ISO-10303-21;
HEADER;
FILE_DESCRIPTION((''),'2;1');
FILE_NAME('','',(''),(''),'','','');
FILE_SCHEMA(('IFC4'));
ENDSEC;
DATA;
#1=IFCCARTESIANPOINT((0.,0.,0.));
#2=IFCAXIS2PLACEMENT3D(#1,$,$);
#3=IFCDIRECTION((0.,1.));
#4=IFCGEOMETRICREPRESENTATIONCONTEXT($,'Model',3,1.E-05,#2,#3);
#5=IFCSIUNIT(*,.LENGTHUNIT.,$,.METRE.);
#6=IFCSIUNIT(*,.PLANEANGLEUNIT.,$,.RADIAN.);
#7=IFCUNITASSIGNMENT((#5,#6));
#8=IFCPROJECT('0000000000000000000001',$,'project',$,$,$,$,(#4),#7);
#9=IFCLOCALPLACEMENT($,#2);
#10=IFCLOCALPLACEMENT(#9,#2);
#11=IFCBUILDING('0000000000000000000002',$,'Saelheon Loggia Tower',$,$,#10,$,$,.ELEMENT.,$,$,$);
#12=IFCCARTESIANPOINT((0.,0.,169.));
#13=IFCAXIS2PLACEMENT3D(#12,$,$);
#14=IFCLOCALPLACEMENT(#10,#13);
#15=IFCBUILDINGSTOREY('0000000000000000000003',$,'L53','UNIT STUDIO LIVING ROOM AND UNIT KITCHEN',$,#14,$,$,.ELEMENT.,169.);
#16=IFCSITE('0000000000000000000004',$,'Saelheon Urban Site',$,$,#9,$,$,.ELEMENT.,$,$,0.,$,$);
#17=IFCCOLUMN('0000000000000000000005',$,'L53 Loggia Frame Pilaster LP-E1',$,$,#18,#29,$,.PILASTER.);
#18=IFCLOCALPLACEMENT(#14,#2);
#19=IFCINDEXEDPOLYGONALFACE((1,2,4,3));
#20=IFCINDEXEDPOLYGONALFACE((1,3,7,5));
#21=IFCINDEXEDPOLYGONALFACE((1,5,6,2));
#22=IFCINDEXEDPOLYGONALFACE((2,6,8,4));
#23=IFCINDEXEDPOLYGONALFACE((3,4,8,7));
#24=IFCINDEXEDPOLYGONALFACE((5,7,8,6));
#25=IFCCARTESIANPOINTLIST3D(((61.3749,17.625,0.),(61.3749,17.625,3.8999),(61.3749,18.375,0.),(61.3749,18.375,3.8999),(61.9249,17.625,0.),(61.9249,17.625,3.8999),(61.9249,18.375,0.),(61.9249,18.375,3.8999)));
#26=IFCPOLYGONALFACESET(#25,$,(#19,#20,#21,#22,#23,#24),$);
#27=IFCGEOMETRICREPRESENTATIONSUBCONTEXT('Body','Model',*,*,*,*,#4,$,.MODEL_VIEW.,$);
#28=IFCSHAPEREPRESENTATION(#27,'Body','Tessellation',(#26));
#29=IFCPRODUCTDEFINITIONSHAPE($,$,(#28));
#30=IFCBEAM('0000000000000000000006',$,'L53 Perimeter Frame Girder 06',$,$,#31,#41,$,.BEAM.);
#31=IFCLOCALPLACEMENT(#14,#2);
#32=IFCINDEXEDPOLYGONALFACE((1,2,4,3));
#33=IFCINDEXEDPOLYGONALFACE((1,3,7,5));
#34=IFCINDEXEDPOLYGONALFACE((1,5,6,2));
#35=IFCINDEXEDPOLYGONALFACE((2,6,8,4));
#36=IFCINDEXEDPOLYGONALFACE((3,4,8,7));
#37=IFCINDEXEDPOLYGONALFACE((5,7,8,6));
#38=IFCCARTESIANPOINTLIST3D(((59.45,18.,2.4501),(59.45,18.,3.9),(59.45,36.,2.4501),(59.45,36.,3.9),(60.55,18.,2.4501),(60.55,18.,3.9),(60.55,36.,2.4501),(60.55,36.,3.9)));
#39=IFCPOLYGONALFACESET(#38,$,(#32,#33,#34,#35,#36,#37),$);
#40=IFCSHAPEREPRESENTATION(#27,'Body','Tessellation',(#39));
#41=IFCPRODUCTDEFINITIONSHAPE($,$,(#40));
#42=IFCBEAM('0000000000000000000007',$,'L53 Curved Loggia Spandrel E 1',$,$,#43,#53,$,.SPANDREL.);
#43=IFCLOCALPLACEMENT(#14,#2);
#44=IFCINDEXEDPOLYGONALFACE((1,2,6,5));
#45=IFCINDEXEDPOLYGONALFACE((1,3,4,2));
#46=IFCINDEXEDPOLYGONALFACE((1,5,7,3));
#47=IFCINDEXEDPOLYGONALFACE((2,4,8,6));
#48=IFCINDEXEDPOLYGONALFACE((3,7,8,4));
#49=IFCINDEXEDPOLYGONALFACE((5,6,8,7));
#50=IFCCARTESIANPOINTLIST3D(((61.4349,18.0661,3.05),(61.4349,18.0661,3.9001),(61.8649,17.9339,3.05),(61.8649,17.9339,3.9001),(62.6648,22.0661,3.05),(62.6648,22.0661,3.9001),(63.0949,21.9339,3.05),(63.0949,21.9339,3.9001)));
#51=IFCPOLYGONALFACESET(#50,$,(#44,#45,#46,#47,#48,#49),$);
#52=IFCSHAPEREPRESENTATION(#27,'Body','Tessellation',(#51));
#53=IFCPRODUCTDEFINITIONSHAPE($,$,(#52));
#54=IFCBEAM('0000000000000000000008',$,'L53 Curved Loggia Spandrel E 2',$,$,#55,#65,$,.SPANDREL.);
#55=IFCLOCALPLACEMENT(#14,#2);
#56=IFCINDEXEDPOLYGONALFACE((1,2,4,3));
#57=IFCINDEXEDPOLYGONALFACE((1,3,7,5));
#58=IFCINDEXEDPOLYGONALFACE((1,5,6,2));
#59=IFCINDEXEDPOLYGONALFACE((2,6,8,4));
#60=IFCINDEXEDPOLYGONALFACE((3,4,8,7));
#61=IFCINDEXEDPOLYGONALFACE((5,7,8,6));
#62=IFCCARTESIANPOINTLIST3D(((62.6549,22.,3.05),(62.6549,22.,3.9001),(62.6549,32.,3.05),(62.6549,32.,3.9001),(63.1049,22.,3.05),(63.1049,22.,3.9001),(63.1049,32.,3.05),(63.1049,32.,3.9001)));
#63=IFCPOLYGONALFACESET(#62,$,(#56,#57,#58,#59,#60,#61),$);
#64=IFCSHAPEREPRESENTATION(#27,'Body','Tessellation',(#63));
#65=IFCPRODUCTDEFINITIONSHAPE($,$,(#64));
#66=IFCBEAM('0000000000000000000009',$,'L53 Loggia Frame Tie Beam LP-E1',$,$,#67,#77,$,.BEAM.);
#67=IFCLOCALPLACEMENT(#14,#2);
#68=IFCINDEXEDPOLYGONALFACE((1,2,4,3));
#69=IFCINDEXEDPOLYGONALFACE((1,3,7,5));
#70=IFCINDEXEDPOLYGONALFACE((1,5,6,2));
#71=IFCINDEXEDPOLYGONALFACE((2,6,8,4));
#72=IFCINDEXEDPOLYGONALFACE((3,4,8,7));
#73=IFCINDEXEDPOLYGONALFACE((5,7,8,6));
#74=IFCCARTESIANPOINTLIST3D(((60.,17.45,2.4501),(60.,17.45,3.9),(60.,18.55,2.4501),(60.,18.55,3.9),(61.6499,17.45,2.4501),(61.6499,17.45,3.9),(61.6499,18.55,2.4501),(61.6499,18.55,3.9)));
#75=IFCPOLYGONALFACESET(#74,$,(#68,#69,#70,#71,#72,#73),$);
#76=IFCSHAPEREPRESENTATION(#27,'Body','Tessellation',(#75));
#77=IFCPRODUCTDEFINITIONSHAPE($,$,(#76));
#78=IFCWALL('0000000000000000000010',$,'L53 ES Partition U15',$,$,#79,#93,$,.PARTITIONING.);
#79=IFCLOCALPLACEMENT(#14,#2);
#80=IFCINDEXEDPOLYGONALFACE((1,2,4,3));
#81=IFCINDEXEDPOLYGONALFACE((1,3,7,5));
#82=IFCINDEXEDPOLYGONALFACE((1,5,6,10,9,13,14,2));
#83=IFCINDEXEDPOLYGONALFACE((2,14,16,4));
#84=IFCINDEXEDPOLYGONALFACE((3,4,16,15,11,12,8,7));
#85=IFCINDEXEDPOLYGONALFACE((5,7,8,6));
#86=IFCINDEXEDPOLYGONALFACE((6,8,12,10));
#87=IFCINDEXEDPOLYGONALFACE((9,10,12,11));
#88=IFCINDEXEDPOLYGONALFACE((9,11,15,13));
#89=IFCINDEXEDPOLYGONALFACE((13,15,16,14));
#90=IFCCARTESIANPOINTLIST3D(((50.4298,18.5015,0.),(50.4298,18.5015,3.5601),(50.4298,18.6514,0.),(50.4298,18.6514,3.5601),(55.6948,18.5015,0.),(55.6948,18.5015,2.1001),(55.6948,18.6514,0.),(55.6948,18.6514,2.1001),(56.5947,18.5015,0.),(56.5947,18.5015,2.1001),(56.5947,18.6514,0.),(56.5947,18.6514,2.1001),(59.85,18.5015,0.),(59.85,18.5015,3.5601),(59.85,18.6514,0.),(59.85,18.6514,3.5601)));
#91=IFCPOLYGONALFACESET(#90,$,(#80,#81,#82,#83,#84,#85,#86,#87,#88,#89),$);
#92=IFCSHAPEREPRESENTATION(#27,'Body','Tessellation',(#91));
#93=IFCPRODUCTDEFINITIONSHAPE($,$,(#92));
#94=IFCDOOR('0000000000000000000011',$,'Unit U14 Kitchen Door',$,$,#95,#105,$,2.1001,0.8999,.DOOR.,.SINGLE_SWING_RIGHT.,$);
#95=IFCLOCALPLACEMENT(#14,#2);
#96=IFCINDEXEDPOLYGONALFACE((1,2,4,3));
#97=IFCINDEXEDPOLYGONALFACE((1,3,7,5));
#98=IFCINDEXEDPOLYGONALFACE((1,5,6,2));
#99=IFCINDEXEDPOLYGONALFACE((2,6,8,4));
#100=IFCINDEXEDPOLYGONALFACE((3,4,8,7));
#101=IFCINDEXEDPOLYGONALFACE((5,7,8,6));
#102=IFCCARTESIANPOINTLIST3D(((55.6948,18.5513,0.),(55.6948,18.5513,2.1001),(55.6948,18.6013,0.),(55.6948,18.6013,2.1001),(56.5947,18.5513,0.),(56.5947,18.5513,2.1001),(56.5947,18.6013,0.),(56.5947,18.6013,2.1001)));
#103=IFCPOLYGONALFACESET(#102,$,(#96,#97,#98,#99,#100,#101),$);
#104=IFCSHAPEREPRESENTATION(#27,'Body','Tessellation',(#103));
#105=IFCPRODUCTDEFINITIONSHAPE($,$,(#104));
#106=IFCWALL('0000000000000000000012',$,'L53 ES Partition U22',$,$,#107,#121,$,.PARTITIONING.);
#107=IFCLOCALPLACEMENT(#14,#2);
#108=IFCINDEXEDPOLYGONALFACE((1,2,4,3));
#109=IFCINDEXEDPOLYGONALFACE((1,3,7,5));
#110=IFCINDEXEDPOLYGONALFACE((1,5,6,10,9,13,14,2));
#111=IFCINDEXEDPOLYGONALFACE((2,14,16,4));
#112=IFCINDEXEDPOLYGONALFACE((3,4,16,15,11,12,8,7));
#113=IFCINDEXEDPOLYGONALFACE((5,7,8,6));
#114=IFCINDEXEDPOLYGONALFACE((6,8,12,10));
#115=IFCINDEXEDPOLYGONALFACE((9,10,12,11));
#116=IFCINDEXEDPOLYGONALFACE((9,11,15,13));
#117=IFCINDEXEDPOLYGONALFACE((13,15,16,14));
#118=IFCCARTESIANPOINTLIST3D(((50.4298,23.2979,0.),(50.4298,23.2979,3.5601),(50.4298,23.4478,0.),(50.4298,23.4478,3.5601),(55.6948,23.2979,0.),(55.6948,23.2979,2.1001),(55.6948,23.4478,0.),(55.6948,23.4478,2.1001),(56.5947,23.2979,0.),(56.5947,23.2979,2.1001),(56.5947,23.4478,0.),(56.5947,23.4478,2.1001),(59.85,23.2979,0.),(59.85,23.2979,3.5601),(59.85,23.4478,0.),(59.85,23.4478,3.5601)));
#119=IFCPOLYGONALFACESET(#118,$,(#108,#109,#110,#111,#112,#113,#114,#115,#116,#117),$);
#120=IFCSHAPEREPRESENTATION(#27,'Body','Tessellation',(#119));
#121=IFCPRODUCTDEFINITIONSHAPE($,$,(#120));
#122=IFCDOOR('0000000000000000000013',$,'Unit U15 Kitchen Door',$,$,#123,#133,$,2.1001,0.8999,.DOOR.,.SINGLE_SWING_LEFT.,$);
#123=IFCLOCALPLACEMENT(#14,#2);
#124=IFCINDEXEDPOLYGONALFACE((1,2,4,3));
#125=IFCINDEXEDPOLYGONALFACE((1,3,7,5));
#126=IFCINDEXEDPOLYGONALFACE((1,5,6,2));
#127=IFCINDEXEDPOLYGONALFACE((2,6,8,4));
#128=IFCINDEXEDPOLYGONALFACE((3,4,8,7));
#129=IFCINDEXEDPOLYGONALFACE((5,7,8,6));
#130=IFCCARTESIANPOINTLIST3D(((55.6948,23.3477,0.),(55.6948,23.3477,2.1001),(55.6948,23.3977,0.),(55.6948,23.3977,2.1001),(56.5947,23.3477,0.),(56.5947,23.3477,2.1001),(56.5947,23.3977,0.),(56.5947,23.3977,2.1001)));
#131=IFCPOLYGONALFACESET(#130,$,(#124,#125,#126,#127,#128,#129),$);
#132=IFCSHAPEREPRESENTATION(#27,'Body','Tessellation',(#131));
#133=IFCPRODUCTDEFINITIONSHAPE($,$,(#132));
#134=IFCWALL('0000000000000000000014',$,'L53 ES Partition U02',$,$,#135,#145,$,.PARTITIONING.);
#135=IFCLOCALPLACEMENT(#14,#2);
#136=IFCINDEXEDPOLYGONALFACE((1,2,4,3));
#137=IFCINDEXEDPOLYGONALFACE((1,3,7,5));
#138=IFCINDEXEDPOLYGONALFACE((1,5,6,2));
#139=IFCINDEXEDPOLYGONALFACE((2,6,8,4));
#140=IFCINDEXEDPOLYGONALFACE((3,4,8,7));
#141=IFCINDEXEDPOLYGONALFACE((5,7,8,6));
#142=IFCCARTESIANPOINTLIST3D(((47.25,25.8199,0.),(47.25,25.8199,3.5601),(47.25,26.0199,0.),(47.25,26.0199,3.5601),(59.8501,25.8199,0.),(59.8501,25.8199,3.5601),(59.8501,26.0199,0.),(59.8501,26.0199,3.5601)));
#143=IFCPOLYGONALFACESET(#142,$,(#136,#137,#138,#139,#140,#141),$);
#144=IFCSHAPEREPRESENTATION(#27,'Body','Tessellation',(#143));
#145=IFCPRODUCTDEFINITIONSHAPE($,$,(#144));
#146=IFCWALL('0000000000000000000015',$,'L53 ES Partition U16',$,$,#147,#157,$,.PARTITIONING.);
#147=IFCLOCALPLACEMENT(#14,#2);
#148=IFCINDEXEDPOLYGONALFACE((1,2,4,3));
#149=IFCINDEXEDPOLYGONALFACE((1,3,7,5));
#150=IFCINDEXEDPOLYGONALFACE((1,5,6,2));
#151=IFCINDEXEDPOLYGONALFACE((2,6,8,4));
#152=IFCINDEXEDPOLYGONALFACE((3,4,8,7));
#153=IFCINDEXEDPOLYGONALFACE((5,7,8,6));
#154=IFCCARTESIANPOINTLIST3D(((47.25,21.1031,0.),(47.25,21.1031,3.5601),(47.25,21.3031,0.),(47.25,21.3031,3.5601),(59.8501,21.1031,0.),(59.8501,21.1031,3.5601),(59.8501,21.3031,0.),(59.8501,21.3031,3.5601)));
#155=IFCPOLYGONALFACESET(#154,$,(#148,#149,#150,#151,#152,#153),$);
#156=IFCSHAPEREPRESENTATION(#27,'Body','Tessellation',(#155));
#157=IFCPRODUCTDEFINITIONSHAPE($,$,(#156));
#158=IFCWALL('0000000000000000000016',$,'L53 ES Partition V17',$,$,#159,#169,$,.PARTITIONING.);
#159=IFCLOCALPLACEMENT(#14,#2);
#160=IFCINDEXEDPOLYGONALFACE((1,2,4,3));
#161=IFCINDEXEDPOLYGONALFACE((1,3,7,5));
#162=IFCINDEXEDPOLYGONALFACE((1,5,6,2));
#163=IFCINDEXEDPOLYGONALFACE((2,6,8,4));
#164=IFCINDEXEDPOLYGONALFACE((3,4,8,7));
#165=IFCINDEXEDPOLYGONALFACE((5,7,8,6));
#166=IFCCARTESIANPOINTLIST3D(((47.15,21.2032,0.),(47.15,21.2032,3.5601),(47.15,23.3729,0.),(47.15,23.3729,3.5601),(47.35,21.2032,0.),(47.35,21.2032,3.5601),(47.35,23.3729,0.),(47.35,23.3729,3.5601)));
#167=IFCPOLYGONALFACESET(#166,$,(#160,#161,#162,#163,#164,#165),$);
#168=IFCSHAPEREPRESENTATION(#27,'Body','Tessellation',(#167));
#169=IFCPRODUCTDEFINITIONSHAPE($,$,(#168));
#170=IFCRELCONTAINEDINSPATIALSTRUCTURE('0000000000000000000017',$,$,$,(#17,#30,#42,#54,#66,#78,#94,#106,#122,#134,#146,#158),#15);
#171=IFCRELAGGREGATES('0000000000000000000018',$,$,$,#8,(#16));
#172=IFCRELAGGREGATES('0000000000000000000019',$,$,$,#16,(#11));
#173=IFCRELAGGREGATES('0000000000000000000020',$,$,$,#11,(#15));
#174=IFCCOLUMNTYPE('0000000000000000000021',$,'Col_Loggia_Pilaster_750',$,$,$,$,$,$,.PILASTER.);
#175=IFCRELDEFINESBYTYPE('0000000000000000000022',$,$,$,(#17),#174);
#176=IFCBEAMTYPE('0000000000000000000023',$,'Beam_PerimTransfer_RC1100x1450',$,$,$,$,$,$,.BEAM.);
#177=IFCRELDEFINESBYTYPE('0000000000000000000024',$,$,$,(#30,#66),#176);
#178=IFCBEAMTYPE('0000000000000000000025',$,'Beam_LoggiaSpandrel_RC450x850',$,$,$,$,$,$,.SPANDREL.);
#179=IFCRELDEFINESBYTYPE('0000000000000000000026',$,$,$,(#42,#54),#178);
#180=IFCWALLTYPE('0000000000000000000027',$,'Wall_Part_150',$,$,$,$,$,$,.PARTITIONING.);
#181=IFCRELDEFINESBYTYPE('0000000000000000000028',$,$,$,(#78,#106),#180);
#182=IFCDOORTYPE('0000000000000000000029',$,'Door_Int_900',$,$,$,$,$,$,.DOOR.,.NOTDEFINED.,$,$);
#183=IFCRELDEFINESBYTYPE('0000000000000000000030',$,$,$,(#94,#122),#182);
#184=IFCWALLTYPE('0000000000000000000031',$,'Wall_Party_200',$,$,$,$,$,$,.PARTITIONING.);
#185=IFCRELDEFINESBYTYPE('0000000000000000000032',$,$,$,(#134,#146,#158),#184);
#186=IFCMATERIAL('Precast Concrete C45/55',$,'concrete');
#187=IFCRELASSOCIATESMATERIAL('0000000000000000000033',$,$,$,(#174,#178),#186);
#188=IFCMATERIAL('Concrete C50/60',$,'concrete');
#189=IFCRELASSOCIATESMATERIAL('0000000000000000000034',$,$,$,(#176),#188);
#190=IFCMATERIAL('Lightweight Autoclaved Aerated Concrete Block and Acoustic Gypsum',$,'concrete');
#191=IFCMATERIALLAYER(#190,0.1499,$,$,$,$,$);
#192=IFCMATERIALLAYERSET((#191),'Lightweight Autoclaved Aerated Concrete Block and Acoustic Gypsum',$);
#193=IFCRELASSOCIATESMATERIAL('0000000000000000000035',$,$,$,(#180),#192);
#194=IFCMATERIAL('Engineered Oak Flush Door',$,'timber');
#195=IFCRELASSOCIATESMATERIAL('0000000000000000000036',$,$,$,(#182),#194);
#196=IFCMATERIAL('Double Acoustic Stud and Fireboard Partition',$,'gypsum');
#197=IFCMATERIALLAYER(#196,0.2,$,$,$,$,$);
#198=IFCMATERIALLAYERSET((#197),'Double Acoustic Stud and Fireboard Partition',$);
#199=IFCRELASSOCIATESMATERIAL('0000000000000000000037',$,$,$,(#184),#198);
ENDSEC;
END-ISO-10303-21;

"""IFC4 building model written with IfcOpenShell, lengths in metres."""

from ifc_helpers import new_model, si_unit, direction, frame, frame_2d, origin, origin_2d, place, context, subcontext, project, spatial, rectangle, extrude, source, transform, mapped, material, layer, layer_set, material_profile, profile_set, type_object, element, fill, save


model = new_model("IFC4")

# Units and contexts
model_context = context("Model", 3, precision=1e-05, world=origin(), true_north=direction((0.0, 1.0)))
body_context = subcontext(model_context, "Body", "Model", "MODEL_VIEW")
ifc_project = project(units=[si_unit("LENGTHUNIT", "METRE"), si_unit("PLANEANGLEUNIT", "RADIAN")], contexts=[model_context])

# Site, building, storey
site_placement = place(None, origin())
site = spatial("IfcSite", under=ifc_project, at=site_placement, Name="Saelheon Urban Site", CompositionType="ELEMENT", RefElevation=0.0)
building_placement = place(site_placement, origin())
building = spatial("IfcBuilding", under=site, at=building_placement, Name="Saelheon Loggia Tower", CompositionType="ELEMENT")
storey_placement = place(building_placement, frame((0.0, 0.0, 169.0)))
storey = spatial("IfcBuildingStorey", under=building, at=storey_placement, Name="L53", Description="UNIT STUDIO LIVING ROOM AND UNIT KITCHEN", CompositionType="ELEMENT", Elevation=169.0)

# Column
ifc_material_1 = material(Name="Precast Concrete C45/55", Category="concrete")
ifc_material_profile_1 = material_profile(ifc_material_1, rectangle(XDim=0.55, YDim=0.75, at=origin_2d()), Name="RC-550x750")
ifc_profile_set_1 = profile_set([ifc_material_profile_1], Name="Precast Concrete C45/55")
column_type = type_object("IfcColumnType", Name="Col_Loggia_Pilaster_750", PredefinedType="PILASTER", material=ifc_profile_set_1)
shared_shape_1 = source(origin(), body_context, "Body", "SweptSolid", [
    extrude(rectangle(XDim=0.55, YDim=0.75, at=origin_2d()), origin(), (0.0, 0.0, 1.0), 3.8999),
])
column_placement = place(storey_placement, frame((61.6499, 18.0, 0.0), z_axis=(0.0, 0.0, 1.0), x_axis=(1.0, 0.0, 0.0)))
element("IfcColumn", 1, at=column_placement, inside=storey, type_object=column_type, Name="L53 Loggia Frame Pilaster LP-E1", PredefinedType="PILASTER", context=body_context, shape_type="MappedRepresentation", body=[
    mapped(shared_shape_1, transform((0.0, 0.0, 0.0), scale=1.0)),
])

# Beams
ifc_material_2 = material(Name="Concrete C50/60", Category="concrete")
ifc_material_profile_2 = material_profile(ifc_material_2, rectangle(XDim=1.1001, YDim=1.45, at=origin_2d()), Name="RC-1100x1450")
ifc_profile_set_2 = profile_set([ifc_material_profile_2], Name="Concrete C50/60")
beam_type_1 = type_object("IfcBeamType", Name="Beam_PerimTransfer_RC1100x1450", PredefinedType="BEAM", material=ifc_profile_set_2)
shared_shape_2 = source(origin(), body_context, "Body", "SweptSolid", [
    extrude(rectangle(XDim=1.1001, YDim=1.45, at=origin_2d()), origin(), (0.0, 0.0, 1.0), 18.0),
])
beam_1_placement = place(storey_placement, frame((60.0, 18.0, 3.175), z_axis=(0.0, 1.0, 0.0), x_axis=(-1.0, 0.0, 0.0)))
element("IfcBeam", 2, at=beam_1_placement, inside=storey, type_object=beam_type_1, Name="L53 Perimeter Frame Girder 06", PredefinedType="BEAM", context=body_context, shape_type="MappedRepresentation", body=[
    mapped(shared_shape_2, transform((0.0, 0.0, 0.0), scale=1.0)),
])
ifc_material_profile_3 = material_profile(ifc_material_1, rectangle(XDim=0.45, YDim=0.8501, at=origin_2d()), Name="RC-450x850")
ifc_profile_set_3 = profile_set([ifc_material_profile_3], Name="Precast Concrete C45/55")
beam_type_2 = type_object("IfcBeamType", Name="Beam_LoggiaSpandrel_RC450x850", PredefinedType="SPANDREL", material=ifc_profile_set_3)
shared_shape_3 = source(origin(), body_context, "Body", "SweptSolid", [
    extrude(rectangle(XDim=0.45, YDim=0.8501, at=origin_2d()), origin(), (0.0, 0.0, 1.0), 4.1848),
])
beam_2_placement = place(storey_placement, frame((61.6499, 18.0, 3.4751), z_axis=(0.293914, 0.955832, 0.0), x_axis=(-0.955832, 0.293914, 0.0)))
element("IfcBeam", 3, at=beam_2_placement, inside=storey, type_object=beam_type_2, Name="L53 Curved Loggia Spandrel E 1", PredefinedType="SPANDREL", context=body_context, shape_type="MappedRepresentation", body=[
    mapped(shared_shape_3, transform((0.0, 0.0, 0.0), scale=1.0)),
])
shared_shape_4 = source(origin(), body_context, "Body", "SweptSolid", [
    extrude(rectangle(XDim=0.45, YDim=0.8501, at=origin_2d()), origin(), (0.0, 0.0, 1.0), 10.0),
])
beam_3_placement = place(storey_placement, frame((62.8799, 22.0, 3.4751), z_axis=(0.0, 1.0, 0.0), x_axis=(-1.0, 0.0, 0.0)))
element("IfcBeam", 4, at=beam_3_placement, inside=storey, type_object=beam_type_2, Name="L53 Curved Loggia Spandrel E 2", PredefinedType="SPANDREL", context=body_context, shape_type="MappedRepresentation", body=[
    mapped(shared_shape_4, transform((0.0, 0.0, 0.0), scale=1.0)),
])
shared_shape_5 = source(origin(), body_context, "Body", "SweptSolid", [
    extrude(rectangle(XDim=1.1001, YDim=1.45, at=origin_2d()), origin(), (0.0, 0.0, 1.0), 1.6499),
])
beam_4_placement = place(storey_placement, frame((60.0, 18.0, 3.175), z_axis=(1.0, 0.0, 0.0), x_axis=(0.0, 1.0, 0.0)))
element("IfcBeam", 5, at=beam_4_placement, inside=storey, type_object=beam_type_1, Name="L53 Loggia Frame Tie Beam LP-E1", PredefinedType="BEAM", context=body_context, shape_type="MappedRepresentation", body=[
    mapped(shared_shape_5, transform((0.0, 0.0, 0.0), scale=1.0)),
])

# Walls, openings, doors
ifc_material_3 = material(Name="Lightweight Autoclaved Aerated Concrete Block and Acoustic Gypsum", Category="concrete")
ifc_layer_1 = layer(ifc_material_3, 0.1499)
ifc_layer_set_1 = layer_set([ifc_layer_1], Name="Lightweight Autoclaved Aerated Concrete Block and Acoustic Gypsum")
wall_type_1 = type_object("IfcWallType", Name="Wall_Part_150", PredefinedType="PARTITIONING", material=ifc_layer_set_1)
wall_1_placement = place(storey_placement, frame((50.4299, 18.5764, 0.0), z_axis=(0.0, 0.0, 1.0), x_axis=(1.0, 0.0, 0.0)))
wall_1 = element("IfcWall", 6, at=wall_1_placement, inside=storey, type_object=wall_type_1, Name="L53 ES Partition U15", PredefinedType="PARTITIONING", context=body_context, shape_type="SweptSolid", body=[
    extrude(rectangle(XDim=9.4202, YDim=0.1499, at=frame_2d((4.71, 0.0))), origin(), (0.0, 0.0, 1.0), 3.5601),
])
opening_1_placement = place(wall_1_placement, frame((5.2649, 0.0, 0.0)))
opening_1 = element("IfcOpeningElement", 7, at=opening_1_placement, cuts=wall_1, PredefinedType="OPENING", context=body_context, shape_type="SweptSolid", body=[
    extrude(rectangle(XDim=0.8999, YDim=2.1001, at=frame_2d((0.45, 1.05))), frame((0.0, 0.0869, 0.0), z_axis=(0.0, -1.0, 0.0), x_axis=(1.0, 0.0, 0.0)), (0.0, 0.0, 1.0), 0.1738),
])
ifc_material_4 = material(Name="Engineered Oak Flush Door", Category="timber")
door_type_1 = type_object("IfcDoorType", Name="Door_Int_900", OperationType="NOTDEFINED", PredefinedType="DOOR", material=ifc_material_4)
shared_shape_6 = source(origin(), body_context, "Body", "SweptSolid", [
    extrude(rectangle(XDim=0.8999, YDim=2.1001, at=frame_2d((0.45, 1.05))), frame((0.0, 0.0249, 0.0), z_axis=(0.0, -1.0, 0.0), x_axis=(1.0, 0.0, 0.0)), (0.0, 0.0, 1.0), 0.05),
])
door_1_placement = place(opening_1_placement, origin())
door_1 = element("IfcDoor", 8, at=door_1_placement, inside=storey, type_object=door_type_1, Name="Unit U14 Kitchen Door", OperationType="SINGLE_SWING_RIGHT", OverallHeight=2.1001, OverallWidth=0.8999, PredefinedType="DOOR", context=body_context, shape_type="MappedRepresentation", body=[
    mapped(shared_shape_6, transform((0.0, 0.0, 0.0), scale=1.0)),
])
fill(opening_1, door_1)
wall_2_placement = place(storey_placement, frame((50.4299, 23.3728, 0.0), z_axis=(0.0, 0.0, 1.0), x_axis=(1.0, 0.0, 0.0)))
wall_2 = element("IfcWall", 9, at=wall_2_placement, inside=storey, type_object=wall_type_1, Name="L53 ES Partition U22", PredefinedType="PARTITIONING", context=body_context, shape_type="SweptSolid", body=[
    extrude(rectangle(XDim=9.4202, YDim=0.1499, at=frame_2d((4.71, 0.0))), origin(), (0.0, 0.0, 1.0), 3.5601),
])
opening_2_placement = place(wall_2_placement, frame((5.2649, 0.0, 0.0)))
opening_2 = element("IfcOpeningElement", 10, at=opening_2_placement, cuts=wall_2, PredefinedType="OPENING", context=body_context, shape_type="SweptSolid", body=[
    extrude(rectangle(XDim=0.8999, YDim=2.1001, at=frame_2d((0.45, 1.05))), frame((0.0, 0.0869, 0.0), z_axis=(0.0, -1.0, 0.0), x_axis=(1.0, 0.0, 0.0)), (0.0, 0.0, 1.0), 0.1738),
])
door_2_placement = place(opening_2_placement, origin())
door_2 = element("IfcDoor", 11, at=door_2_placement, inside=storey, type_object=door_type_1, Name="Unit U15 Kitchen Door", OperationType="SINGLE_SWING_LEFT", OverallHeight=2.1001, OverallWidth=0.8999, PredefinedType="DOOR", context=body_context, shape_type="MappedRepresentation", body=[
    mapped(shared_shape_6, transform((0.0, 0.0, 0.0), scale=1.0)),
])
fill(opening_2, door_2)

# Wall
ifc_material_5 = material(Name="Double Acoustic Stud and Fireboard Partition", Category="gypsum")
ifc_layer_2 = layer(ifc_material_5, 0.2)
ifc_layer_set_2 = layer_set([ifc_layer_2], Name="Double Acoustic Stud and Fireboard Partition")
wall_type_2 = type_object("IfcWallType", Name="Wall_Party_200", PredefinedType="PARTITIONING", material=ifc_layer_set_2)
wall_3_placement = place(storey_placement, frame((47.25, 25.9199, 0.0), z_axis=(0.0, 0.0, 1.0), x_axis=(1.0, 0.0, 0.0)))
element("IfcWall", 12, at=wall_3_placement, inside=storey, type_object=wall_type_2, Name="L53 ES Partition U02", PredefinedType="PARTITIONING", context=body_context, shape_type="SweptSolid", body=[
    extrude(rectangle(XDim=12.6001, YDim=0.2, at=frame_2d((6.3, 0.0))), origin(), (0.0, 0.0, 1.0), 3.5601),
])

# Walls
wall_4_placement = place(storey_placement, frame((47.25, 21.2031, 0.0), z_axis=(0.0, 0.0, 1.0), x_axis=(1.0, 0.0, 0.0)))
element("IfcWall", 13, at=wall_4_placement, inside=storey, type_object=wall_type_2, Name="L53 ES Partition U16", PredefinedType="PARTITIONING", context=body_context, shape_type="SweptSolid", body=[
    extrude(rectangle(XDim=12.6001, YDim=0.2, at=frame_2d((6.3, 0.0))), origin(), (0.0, 0.0, 1.0), 3.5601),
])
wall_5_placement = place(storey_placement, frame((47.25, 21.2031, 0.0), z_axis=(0.0, 0.0, 1.0), x_axis=(0.0, 1.0, 0.0)))
element("IfcWall", 14, at=wall_5_placement, inside=storey, type_object=wall_type_2, Name="L53 ES Partition V17", PredefinedType="PARTITIONING", context=body_context, shape_type="SweptSolid", body=[
    extrude(rectangle(XDim=2.1697, YDim=0.2, at=frame_2d((1.085, 0.0))), origin(), (0.0, 0.0, 1.0), 3.5601),
])

save(model, "model.ifc")
